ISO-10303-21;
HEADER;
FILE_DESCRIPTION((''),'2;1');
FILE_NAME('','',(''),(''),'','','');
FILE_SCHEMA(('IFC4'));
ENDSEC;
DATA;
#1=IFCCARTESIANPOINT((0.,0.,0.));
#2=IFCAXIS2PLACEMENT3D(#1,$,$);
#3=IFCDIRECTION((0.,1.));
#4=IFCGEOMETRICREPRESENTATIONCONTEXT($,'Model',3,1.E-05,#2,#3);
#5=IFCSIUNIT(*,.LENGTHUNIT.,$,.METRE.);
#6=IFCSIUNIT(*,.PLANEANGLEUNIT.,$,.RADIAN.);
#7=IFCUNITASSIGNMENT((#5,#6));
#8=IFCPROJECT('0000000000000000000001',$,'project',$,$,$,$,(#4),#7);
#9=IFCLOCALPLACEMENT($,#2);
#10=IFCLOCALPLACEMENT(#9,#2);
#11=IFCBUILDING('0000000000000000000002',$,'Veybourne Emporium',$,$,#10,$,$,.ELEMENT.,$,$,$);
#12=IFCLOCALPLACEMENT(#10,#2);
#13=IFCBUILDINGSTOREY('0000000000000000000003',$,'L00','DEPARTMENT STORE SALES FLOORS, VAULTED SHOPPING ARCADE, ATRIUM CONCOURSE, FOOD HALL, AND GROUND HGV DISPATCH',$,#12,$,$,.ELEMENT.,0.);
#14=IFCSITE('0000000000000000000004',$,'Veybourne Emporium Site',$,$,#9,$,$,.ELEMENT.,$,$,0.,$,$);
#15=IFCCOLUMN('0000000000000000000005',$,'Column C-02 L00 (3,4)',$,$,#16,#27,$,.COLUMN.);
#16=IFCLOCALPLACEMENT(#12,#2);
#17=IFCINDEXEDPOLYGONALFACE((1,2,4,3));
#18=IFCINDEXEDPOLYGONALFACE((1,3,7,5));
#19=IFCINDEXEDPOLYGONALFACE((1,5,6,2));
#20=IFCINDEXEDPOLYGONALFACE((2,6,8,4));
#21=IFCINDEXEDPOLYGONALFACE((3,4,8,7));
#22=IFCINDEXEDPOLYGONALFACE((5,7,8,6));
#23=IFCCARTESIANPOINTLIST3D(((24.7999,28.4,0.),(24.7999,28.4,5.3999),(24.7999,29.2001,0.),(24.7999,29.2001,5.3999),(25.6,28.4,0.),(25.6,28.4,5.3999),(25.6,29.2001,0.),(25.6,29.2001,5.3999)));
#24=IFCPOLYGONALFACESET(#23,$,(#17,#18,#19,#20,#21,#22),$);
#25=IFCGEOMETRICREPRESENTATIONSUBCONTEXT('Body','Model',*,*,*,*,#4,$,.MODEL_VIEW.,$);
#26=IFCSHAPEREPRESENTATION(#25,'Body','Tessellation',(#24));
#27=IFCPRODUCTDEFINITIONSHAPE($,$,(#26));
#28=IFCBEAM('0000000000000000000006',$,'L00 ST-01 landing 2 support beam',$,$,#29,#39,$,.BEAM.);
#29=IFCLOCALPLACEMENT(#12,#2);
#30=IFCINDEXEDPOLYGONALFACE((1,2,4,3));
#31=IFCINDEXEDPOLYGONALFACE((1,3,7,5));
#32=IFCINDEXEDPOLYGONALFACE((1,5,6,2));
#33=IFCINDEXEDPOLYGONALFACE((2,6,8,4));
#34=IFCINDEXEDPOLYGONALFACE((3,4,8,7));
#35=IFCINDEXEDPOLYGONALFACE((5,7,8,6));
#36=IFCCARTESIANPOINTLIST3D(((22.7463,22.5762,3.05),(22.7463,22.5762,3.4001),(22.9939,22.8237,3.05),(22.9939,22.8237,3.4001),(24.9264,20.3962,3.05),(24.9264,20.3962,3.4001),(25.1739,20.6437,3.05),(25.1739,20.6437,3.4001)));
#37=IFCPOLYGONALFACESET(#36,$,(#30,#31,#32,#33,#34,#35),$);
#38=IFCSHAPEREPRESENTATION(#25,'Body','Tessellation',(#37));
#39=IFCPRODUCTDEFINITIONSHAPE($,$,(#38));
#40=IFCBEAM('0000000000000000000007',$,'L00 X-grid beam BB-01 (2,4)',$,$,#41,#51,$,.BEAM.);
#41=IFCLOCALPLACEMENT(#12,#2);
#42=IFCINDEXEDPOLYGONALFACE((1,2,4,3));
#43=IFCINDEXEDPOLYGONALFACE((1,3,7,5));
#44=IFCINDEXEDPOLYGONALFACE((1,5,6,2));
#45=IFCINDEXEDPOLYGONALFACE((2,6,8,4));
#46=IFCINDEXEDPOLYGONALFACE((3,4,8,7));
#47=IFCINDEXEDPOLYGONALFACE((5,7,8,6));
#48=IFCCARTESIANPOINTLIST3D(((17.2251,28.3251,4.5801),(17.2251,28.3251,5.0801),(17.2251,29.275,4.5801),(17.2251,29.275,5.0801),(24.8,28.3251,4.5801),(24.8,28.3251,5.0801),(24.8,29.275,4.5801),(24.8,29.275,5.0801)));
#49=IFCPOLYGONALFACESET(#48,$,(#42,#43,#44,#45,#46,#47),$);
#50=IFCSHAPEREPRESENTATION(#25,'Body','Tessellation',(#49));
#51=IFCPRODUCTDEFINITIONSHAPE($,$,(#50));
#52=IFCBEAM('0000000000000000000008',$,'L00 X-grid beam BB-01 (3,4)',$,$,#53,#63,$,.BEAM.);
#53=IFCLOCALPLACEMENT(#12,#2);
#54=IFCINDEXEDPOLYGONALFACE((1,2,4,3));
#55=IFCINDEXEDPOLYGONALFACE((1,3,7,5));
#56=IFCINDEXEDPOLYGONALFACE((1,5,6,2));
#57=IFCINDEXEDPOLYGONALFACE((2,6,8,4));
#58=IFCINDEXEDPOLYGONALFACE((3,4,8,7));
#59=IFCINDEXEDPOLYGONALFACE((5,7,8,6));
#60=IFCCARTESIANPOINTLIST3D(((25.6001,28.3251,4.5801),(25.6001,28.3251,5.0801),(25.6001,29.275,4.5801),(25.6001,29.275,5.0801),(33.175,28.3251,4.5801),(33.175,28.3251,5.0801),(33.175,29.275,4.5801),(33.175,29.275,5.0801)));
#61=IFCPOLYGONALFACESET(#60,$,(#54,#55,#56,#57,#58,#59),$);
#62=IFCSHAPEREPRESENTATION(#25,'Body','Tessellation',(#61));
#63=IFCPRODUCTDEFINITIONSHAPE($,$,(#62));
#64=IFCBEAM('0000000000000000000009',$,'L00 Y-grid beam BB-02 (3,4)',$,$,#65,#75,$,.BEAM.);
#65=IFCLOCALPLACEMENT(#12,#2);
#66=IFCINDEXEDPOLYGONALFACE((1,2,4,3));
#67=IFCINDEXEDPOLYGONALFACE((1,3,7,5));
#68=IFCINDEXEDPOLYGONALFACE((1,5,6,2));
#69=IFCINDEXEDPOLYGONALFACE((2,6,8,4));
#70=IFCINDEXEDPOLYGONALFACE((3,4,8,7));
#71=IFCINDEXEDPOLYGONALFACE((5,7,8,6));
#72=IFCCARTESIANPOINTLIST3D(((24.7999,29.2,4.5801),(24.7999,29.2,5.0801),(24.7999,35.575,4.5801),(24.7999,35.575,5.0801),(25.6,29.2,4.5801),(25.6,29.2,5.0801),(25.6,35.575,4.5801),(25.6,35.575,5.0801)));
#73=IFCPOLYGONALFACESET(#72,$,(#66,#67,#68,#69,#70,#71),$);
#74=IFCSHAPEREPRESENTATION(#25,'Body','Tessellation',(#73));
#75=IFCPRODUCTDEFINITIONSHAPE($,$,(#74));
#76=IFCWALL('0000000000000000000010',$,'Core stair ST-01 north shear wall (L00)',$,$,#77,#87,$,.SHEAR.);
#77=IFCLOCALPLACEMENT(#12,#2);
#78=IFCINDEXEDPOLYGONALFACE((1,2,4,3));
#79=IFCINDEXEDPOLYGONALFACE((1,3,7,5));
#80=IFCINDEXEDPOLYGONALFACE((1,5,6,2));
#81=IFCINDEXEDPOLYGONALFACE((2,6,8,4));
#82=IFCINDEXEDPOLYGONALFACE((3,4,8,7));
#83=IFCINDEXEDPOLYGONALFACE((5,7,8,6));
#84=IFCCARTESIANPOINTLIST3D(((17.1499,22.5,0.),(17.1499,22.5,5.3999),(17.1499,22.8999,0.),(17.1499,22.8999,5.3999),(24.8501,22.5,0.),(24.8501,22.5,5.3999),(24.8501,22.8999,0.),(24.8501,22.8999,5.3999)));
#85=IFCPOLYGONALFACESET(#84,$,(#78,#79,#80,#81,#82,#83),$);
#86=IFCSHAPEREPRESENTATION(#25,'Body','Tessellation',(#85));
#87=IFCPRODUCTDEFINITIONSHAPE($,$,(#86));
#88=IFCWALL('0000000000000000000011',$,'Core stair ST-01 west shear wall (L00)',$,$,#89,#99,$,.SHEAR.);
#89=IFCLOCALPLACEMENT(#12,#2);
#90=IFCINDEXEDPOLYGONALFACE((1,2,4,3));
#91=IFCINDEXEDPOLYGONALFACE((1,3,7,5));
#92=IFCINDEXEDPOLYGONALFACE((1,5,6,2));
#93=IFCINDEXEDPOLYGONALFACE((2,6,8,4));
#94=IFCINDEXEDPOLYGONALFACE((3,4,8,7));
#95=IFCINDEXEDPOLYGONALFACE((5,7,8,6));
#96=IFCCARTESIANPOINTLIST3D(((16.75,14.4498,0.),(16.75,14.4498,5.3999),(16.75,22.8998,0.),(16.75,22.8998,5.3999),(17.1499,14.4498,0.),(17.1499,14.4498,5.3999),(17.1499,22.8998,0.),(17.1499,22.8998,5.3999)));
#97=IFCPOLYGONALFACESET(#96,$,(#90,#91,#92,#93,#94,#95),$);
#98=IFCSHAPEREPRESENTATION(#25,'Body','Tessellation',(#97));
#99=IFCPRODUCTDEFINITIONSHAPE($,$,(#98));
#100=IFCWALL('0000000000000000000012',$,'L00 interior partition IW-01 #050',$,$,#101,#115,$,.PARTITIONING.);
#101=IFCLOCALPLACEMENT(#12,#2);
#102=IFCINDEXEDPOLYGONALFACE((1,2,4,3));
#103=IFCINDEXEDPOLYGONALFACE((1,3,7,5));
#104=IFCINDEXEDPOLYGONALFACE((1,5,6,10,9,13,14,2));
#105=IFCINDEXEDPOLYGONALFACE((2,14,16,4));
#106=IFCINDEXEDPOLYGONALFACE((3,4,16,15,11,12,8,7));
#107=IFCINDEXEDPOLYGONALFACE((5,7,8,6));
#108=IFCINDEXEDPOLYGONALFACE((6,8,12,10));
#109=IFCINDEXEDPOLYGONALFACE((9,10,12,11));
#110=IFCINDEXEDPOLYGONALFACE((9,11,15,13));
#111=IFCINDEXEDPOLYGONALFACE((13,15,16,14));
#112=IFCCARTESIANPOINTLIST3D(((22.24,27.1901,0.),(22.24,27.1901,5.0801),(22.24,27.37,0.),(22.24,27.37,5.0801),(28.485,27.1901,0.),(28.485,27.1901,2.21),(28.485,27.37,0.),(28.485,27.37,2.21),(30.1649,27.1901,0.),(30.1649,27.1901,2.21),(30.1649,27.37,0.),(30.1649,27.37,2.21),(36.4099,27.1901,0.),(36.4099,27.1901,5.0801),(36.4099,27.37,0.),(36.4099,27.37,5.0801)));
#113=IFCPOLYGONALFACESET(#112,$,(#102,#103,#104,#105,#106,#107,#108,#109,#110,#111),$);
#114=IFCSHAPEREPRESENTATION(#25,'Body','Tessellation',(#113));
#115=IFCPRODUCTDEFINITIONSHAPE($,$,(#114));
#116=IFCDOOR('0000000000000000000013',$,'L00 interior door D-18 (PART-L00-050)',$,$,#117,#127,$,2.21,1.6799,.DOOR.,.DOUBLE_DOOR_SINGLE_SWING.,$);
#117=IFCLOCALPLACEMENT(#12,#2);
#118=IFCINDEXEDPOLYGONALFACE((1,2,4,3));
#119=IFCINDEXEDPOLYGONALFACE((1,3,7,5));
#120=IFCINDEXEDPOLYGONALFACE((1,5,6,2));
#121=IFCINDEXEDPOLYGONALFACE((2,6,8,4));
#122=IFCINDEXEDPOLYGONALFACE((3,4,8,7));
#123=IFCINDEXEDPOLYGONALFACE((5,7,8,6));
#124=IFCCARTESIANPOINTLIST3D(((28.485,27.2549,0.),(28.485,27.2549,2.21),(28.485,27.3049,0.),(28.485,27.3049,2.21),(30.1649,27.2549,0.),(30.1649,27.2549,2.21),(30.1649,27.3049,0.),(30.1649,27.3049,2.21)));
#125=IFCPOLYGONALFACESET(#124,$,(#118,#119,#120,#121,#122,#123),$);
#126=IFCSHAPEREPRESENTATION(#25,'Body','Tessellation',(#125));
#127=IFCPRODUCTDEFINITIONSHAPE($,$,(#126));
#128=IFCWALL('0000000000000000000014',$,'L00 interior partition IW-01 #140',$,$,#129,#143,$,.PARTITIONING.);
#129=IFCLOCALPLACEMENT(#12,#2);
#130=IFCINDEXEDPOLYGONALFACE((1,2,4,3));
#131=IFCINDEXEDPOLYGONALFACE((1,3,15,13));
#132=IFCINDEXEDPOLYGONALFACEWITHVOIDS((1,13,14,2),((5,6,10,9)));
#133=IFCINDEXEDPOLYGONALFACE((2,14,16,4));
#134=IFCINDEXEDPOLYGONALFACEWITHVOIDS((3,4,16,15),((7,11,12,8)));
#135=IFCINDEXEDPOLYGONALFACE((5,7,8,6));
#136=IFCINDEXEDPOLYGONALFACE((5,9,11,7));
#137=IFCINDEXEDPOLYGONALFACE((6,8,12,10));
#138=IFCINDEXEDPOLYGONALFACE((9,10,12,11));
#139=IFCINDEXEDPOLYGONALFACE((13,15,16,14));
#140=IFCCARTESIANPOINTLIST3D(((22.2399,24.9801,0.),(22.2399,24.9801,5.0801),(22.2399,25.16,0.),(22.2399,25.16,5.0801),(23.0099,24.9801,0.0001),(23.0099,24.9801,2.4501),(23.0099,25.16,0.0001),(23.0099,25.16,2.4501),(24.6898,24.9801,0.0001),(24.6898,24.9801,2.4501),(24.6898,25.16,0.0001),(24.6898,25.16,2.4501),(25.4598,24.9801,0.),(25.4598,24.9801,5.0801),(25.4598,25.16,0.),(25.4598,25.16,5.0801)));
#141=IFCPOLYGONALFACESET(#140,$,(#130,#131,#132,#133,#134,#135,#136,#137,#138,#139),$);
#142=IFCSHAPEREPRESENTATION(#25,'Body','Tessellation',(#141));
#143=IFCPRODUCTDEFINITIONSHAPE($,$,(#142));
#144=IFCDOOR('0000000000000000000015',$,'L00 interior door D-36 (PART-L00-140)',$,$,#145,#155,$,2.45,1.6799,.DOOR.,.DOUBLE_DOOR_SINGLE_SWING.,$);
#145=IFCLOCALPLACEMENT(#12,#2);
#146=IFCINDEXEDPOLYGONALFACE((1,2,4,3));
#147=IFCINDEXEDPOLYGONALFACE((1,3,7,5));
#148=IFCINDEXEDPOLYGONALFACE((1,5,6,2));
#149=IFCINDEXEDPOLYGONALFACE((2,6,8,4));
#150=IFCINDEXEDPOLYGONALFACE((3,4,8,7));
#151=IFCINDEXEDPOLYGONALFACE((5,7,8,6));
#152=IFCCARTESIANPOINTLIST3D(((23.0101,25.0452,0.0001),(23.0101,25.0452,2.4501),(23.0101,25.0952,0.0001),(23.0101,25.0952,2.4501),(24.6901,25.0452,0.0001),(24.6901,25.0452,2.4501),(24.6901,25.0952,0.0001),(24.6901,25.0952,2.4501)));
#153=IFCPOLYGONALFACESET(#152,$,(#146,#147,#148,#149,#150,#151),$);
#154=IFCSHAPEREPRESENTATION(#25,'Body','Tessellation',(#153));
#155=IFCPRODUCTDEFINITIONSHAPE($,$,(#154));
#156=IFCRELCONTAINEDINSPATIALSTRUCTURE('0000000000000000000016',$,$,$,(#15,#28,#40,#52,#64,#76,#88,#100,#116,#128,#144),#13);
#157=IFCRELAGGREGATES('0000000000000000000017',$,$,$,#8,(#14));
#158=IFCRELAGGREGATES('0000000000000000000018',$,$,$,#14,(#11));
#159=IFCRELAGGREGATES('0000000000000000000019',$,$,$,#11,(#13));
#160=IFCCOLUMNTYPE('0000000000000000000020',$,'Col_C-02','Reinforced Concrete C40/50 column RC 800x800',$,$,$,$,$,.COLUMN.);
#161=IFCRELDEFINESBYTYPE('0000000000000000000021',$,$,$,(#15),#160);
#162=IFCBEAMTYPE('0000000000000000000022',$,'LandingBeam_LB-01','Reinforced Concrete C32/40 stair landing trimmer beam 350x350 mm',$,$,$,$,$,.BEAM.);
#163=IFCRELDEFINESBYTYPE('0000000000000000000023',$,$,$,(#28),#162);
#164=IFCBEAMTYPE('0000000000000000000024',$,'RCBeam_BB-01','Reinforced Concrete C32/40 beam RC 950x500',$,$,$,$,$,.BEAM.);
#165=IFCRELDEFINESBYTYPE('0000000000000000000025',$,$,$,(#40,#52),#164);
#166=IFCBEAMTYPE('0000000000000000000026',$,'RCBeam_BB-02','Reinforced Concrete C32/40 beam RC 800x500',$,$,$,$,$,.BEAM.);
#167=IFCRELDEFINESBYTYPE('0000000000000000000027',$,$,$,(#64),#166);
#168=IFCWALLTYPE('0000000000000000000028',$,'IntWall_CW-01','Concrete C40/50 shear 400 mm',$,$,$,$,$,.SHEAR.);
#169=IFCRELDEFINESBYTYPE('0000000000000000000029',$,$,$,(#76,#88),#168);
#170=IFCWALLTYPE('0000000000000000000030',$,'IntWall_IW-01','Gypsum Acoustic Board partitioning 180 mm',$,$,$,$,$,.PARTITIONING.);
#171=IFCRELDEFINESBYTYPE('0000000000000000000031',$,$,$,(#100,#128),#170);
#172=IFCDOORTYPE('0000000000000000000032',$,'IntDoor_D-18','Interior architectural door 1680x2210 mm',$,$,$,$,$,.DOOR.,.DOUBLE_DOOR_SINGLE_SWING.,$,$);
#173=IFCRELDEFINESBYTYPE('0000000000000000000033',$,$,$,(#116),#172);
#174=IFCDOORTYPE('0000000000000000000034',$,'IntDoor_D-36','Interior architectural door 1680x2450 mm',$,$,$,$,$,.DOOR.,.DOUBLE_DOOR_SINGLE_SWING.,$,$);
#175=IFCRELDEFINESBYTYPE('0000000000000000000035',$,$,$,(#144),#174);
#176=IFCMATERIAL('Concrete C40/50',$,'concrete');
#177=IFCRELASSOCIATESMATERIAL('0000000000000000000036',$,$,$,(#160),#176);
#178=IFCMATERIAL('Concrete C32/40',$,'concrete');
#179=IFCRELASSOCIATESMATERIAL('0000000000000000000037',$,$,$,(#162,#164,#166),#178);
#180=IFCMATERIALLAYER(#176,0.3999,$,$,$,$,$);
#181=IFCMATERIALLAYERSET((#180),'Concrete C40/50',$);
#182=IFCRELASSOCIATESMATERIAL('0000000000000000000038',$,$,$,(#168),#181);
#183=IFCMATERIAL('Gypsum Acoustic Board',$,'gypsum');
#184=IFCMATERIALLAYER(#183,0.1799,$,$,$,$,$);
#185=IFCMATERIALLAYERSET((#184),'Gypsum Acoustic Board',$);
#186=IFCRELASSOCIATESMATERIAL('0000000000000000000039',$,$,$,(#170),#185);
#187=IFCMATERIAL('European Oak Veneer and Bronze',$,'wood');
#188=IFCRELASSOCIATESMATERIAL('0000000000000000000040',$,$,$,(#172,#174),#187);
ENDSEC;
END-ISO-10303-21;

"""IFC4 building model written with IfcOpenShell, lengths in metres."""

from ifc_helpers import new_model, si_unit, direction, frame, frame_2d, origin, origin_2d, place, context, subcontext, project, spatial, rectangle, extrude, material, layer, layer_set, material_profile, profile_set, type_object, element, fill, save


model = new_model("IFC4")

# Units and contexts
model_context = context("Model", 3, precision=1e-05, world=origin(), true_north=direction((0.0, 1.0)))
body_context = subcontext(model_context, "Body", "Model", "MODEL_VIEW")
ifc_project = project(units=[si_unit("LENGTHUNIT", "METRE"), si_unit("PLANEANGLEUNIT", "RADIAN")], contexts=[model_context])

# Site, building, storey
site_placement = place(None, origin())
site = spatial("IfcSite", under=ifc_project, at=site_placement, Name="Veybourne Emporium Site", CompositionType="ELEMENT", RefElevation=0.0)
building_placement = place(site_placement, origin())
building = spatial("IfcBuilding", under=site, at=building_placement, Name="Veybourne Emporium", CompositionType="ELEMENT")
storey_placement = place(building_placement, origin())
storey = spatial("IfcBuildingStorey", under=building, at=storey_placement, Name="L00", Description="DEPARTMENT STORE SALES FLOORS, VAULTED SHOPPING ARCADE, ATRIUM CONCOURSE, FOOD HALL, AND GROUND HGV DISPATCH", CompositionType="ELEMENT", Elevation=0.0)

# Column
ifc_material_1 = material(Name="Concrete C40/50", Category="concrete")
ifc_material_profile_1 = material_profile(ifc_material_1, rectangle(XDim=0.8, YDim=0.8, at=origin_2d()), Name="RC 800x800")
ifc_profile_set_1 = profile_set([ifc_material_profile_1], Name="Concrete C40/50")
column_type = type_object("IfcColumnType", Name="Col_C-02", Description="Reinforced Concrete C40/50 column RC 800x800", PredefinedType="COLUMN", material=ifc_profile_set_1)
column_placement = place(storey_placement, frame((25.2, 28.8, 0.0), z_axis=(0.0, 0.0, 1.0), x_axis=(1.0, 0.0, 0.0)))
element("IfcColumn", 1, at=column_placement, inside=storey, type_object=column_type, Name="Column C-02 L00 (3,4)", PredefinedType="COLUMN", context=body_context, shape_type="SweptSolid", body=[
    extrude(rectangle(XDim=0.8, YDim=0.8, at=origin_2d()), origin(), (0.0, 0.0, 1.0), 5.3999),
])

# Beams
ifc_material_2 = material(Name="Concrete C32/40", Category="concrete")
ifc_material_profile_2 = material_profile(ifc_material_2, rectangle(XDim=0.3501, YDim=0.3501, at=origin_2d()), Name="RC 350x350")
ifc_profile_set_2 = profile_set([ifc_material_profile_2], Name="Concrete C32/40")
beam_type_1 = type_object("IfcBeamType", Name="LandingBeam_LB-01", Description="Reinforced Concrete C32/40 stair landing trimmer beam 350x350 mm", PredefinedType="BEAM", material=ifc_profile_set_2)
beam_1_placement = place(storey_placement, frame((22.8701, 22.7, 3.2251), z_axis=(0.707107, -0.707107, 0.0), x_axis=(0.707107, 0.707107, 0.0)))
element("IfcBeam", 2, at=beam_1_placement, inside=storey, type_object=beam_type_1, Name="L00 ST-01 landing 2 support beam", PredefinedType="BEAM", context=body_context, shape_type="SweptSolid", body=[
    extrude(rectangle(XDim=0.3501, YDim=0.3501, at=origin_2d()), origin(), (0.0, 0.0, 1.0), 3.083),
])
ifc_material_profile_3 = material_profile(ifc_material_2, rectangle(XDim=0.95, YDim=0.5, at=origin_2d()), Name="RC 950x500")
ifc_profile_set_3 = profile_set([ifc_material_profile_3], Name="Concrete C32/40")
beam_type_2 = type_object("IfcBeamType", Name="RCBeam_BB-01", Description="Reinforced Concrete C32/40 beam RC 950x500", PredefinedType="BEAM", material=ifc_profile_set_3)
for number, where, z_axis, x_axis, name in (
    (3, (17.2251, 28.8, 4.8301), (1.0, 0.0, 0.0), (0.0, 1.0, 0.0), "L00 X-grid beam BB-01 (2,4)"),
    (4, (25.6001, 28.8, 4.8301), (1.0, 0.0, 0.0), (0.0, 1.0, 0.0), "L00 X-grid beam BB-01 (3,4)"),
):
    element("IfcBeam", number, at=place(storey_placement, frame(where, z_axis=z_axis, x_axis=x_axis)), inside=storey, type_object=beam_type_2, Name=name, PredefinedType="BEAM", context=body_context, shape_type="SweptSolid", body=[
        extrude(rectangle(XDim=0.95, YDim=0.5, at=origin_2d()), origin(), (0.0, 0.0, 1.0), 7.575),
    ])
ifc_material_profile_4 = material_profile(ifc_material_2, rectangle(XDim=0.8, YDim=0.5, at=origin_2d()), Name="RC 800x500")
ifc_profile_set_4 = profile_set([ifc_material_profile_4], Name="Concrete C32/40")
beam_type_3 = type_object("IfcBeamType", Name="RCBeam_BB-02", Description="Reinforced Concrete C32/40 beam RC 800x500", PredefinedType="BEAM", material=ifc_profile_set_4)
beam_2_placement = place(storey_placement, frame((25.2, 29.2, 4.8301), z_axis=(0.0, 1.0, 0.0), x_axis=(-1.0, 0.0, 0.0)))
element("IfcBeam", 5, at=beam_2_placement, inside=storey, type_object=beam_type_3, Name="L00 Y-grid beam BB-02 (3,4)", PredefinedType="BEAM", context=body_context, shape_type="SweptSolid", body=[
    extrude(rectangle(XDim=0.8, YDim=0.5, at=origin_2d()), origin(), (0.0, 0.0, 1.0), 6.375),
])

# Walls
ifc_layer_1 = layer(ifc_material_1, 0.3999)
ifc_layer_set_1 = layer_set([ifc_layer_1], Name="Concrete C40/50")
wall_type_1 = type_object("IfcWallType", Name="IntWall_CW-01", Description="Concrete C40/50 shear 400 mm", PredefinedType="SHEAR", material=ifc_layer_set_1)
wall_1_placement = place(storey_placement, frame((17.1499, 22.7, 0.0), z_axis=(0.0, 0.0, 1.0), x_axis=(1.0, 0.0, 0.0)))
element("IfcWall", 6, at=wall_1_placement, inside=storey, type_object=wall_type_1, Name="Core stair ST-01 north shear wall (L00)", PredefinedType="SHEAR", context=body_context, shape_type="SweptSolid", body=[
    extrude(rectangle(XDim=7.7002, YDim=0.3999, at=frame_2d((3.8501, 0.0))), origin(), (0.0, 0.0, 1.0), 5.3999),
])
wall_2_placement = place(storey_placement, frame((16.95, 22.8999, 0.0), z_axis=(0.0, 0.0, 1.0), x_axis=(0.0, -1.0, 0.0)))
element("IfcWall", 7, at=wall_2_placement, inside=storey, type_object=wall_type_1, Name="Core stair ST-01 west shear wall (L00)", PredefinedType="SHEAR", context=body_context, shape_type="SweptSolid", body=[
    extrude(rectangle(XDim=8.45, YDim=0.3999, at=frame_2d((4.2251, 0.0))), origin(), (0.0, 0.0, 1.0), 5.3999),
])

# Walls, openings, doors
ifc_material_3 = material(Name="Gypsum Acoustic Board", Category="gypsum")
ifc_layer_2 = layer(ifc_material_3, 0.1799)
ifc_layer_set_2 = layer_set([ifc_layer_2], Name="Gypsum Acoustic Board")
wall_type_2 = type_object("IfcWallType", Name="IntWall_IW-01", Description="Gypsum Acoustic Board partitioning 180 mm", PredefinedType="PARTITIONING", material=ifc_layer_set_2)
wall_3_placement = place(storey_placement, frame((22.24, 27.28, 0.0), z_axis=(0.0, 0.0, 1.0), x_axis=(1.0, 0.0, 0.0)))
wall_3 = element("IfcWall", 8, at=wall_3_placement, inside=storey, type_object=wall_type_2, Name="L00 interior partition IW-01 #050", PredefinedType="PARTITIONING", context=body_context, shape_type="SweptSolid", body=[
    extrude(rectangle(XDim=14.1699, YDim=0.1799, at=frame_2d((7.085, 0.0))), origin(), (0.0, 0.0, 1.0), 5.0801),
])
opening_1_placement = place(wall_3_placement, frame((6.2451, 0.0, 0.0)))
opening_1 = element("IfcOpeningElement", 9, at=opening_1_placement, cuts=wall_3, PredefinedType="OPENING", context=body_context, shape_type="SweptSolid", body=[
    extrude(rectangle(XDim=1.6799, YDim=2.21, at=frame_2d((0.8398, 1.105))), frame((0.0, 0.1099, 0.0), z_axis=(0.0, -1.0, 0.0), x_axis=(1.0, 0.0, 0.0)), (0.0, 0.0, 1.0), 0.22),
])
ifc_material_4 = material(Name="European Oak Veneer and Bronze", Category="wood")
door_type_1 = type_object("IfcDoorType", Name="IntDoor_D-18", Description="Interior architectural door 1680x2210 mm", OperationType="DOUBLE_DOOR_SINGLE_SWING", PredefinedType="DOOR", material=ifc_material_4)
door_1_placement = place(opening_1_placement, origin())
door_1 = element("IfcDoor", 10, at=door_1_placement, inside=storey, type_object=door_type_1, Name="L00 interior door D-18 (PART-L00-050)", OperationType="DOUBLE_DOOR_SINGLE_SWING", OverallHeight=2.21, OverallWidth=1.6799, PredefinedType="DOOR", context=body_context, shape_type="SweptSolid", body=[
    extrude(rectangle(XDim=1.6799, YDim=2.21, at=frame_2d((0.8398, 1.105))), frame((0.0, 0.0249, 0.0), z_axis=(0.0, -1.0, 0.0), x_axis=(1.0, 0.0, 0.0)), (0.0, 0.0, 1.0), 0.05),
])
fill(opening_1, door_1)
wall_4_placement = place(storey_placement, frame((22.24, 25.0701, 0.0), z_axis=(0.0, 0.0, 1.0), x_axis=(1.0, 0.0, 0.0)))
wall_4 = element("IfcWall", 11, at=wall_4_placement, inside=storey, type_object=wall_type_2, Name="L00 interior partition IW-01 #140", PredefinedType="PARTITIONING", context=body_context, shape_type="SweptSolid", body=[
    extrude(rectangle(XDim=3.22, YDim=0.1799, at=frame_2d((1.6099, 0.0))), origin(), (0.0, 0.0, 1.0), 5.0801),
])
opening_2_placement = place(wall_4_placement, frame((0.77, 0.0, 0.0)))
opening_2 = element("IfcOpeningElement", 12, at=opening_2_placement, cuts=wall_4, PredefinedType="OPENING", context=body_context, shape_type="SweptSolid", body=[
    extrude(rectangle(XDim=1.6799, YDim=2.45, at=frame_2d((0.8398, 1.2251))), frame((0.0, 0.1099, 0.0), z_axis=(0.0, -1.0, 0.0), x_axis=(1.0, 0.0, 0.0)), (0.0, 0.0, 1.0), 0.22),
])
door_type_2 = type_object("IfcDoorType", Name="IntDoor_D-36", Description="Interior architectural door 1680x2450 mm", OperationType="DOUBLE_DOOR_SINGLE_SWING", PredefinedType="DOOR", material=ifc_material_4)
door_2_placement = place(opening_2_placement, frame((1.6799, 0.0, 0.0), z_axis=(0.0, 0.0, 1.0), x_axis=(-1.0, 0.0, 0.0)))
door_2 = element("IfcDoor", 13, at=door_2_placement, inside=storey, type_object=door_type_2, Name="L00 interior door D-36 (PART-L00-140)", OperationType="DOUBLE_DOOR_SINGLE_SWING", OverallHeight=2.45, OverallWidth=1.6799, PredefinedType="DOOR", context=body_context, shape_type="SweptSolid", body=[
    extrude(rectangle(XDim=1.6799, YDim=2.45, at=frame_2d((0.8398, 1.2251))), frame((0.0, 0.0249, 0.0), z_axis=(0.0, -1.0, 0.0), x_axis=(1.0, 0.0, 0.0)), (0.0, 0.0, 1.0), 0.05),
])
fill(opening_2, door_2)

save(model, "model.ifc")
